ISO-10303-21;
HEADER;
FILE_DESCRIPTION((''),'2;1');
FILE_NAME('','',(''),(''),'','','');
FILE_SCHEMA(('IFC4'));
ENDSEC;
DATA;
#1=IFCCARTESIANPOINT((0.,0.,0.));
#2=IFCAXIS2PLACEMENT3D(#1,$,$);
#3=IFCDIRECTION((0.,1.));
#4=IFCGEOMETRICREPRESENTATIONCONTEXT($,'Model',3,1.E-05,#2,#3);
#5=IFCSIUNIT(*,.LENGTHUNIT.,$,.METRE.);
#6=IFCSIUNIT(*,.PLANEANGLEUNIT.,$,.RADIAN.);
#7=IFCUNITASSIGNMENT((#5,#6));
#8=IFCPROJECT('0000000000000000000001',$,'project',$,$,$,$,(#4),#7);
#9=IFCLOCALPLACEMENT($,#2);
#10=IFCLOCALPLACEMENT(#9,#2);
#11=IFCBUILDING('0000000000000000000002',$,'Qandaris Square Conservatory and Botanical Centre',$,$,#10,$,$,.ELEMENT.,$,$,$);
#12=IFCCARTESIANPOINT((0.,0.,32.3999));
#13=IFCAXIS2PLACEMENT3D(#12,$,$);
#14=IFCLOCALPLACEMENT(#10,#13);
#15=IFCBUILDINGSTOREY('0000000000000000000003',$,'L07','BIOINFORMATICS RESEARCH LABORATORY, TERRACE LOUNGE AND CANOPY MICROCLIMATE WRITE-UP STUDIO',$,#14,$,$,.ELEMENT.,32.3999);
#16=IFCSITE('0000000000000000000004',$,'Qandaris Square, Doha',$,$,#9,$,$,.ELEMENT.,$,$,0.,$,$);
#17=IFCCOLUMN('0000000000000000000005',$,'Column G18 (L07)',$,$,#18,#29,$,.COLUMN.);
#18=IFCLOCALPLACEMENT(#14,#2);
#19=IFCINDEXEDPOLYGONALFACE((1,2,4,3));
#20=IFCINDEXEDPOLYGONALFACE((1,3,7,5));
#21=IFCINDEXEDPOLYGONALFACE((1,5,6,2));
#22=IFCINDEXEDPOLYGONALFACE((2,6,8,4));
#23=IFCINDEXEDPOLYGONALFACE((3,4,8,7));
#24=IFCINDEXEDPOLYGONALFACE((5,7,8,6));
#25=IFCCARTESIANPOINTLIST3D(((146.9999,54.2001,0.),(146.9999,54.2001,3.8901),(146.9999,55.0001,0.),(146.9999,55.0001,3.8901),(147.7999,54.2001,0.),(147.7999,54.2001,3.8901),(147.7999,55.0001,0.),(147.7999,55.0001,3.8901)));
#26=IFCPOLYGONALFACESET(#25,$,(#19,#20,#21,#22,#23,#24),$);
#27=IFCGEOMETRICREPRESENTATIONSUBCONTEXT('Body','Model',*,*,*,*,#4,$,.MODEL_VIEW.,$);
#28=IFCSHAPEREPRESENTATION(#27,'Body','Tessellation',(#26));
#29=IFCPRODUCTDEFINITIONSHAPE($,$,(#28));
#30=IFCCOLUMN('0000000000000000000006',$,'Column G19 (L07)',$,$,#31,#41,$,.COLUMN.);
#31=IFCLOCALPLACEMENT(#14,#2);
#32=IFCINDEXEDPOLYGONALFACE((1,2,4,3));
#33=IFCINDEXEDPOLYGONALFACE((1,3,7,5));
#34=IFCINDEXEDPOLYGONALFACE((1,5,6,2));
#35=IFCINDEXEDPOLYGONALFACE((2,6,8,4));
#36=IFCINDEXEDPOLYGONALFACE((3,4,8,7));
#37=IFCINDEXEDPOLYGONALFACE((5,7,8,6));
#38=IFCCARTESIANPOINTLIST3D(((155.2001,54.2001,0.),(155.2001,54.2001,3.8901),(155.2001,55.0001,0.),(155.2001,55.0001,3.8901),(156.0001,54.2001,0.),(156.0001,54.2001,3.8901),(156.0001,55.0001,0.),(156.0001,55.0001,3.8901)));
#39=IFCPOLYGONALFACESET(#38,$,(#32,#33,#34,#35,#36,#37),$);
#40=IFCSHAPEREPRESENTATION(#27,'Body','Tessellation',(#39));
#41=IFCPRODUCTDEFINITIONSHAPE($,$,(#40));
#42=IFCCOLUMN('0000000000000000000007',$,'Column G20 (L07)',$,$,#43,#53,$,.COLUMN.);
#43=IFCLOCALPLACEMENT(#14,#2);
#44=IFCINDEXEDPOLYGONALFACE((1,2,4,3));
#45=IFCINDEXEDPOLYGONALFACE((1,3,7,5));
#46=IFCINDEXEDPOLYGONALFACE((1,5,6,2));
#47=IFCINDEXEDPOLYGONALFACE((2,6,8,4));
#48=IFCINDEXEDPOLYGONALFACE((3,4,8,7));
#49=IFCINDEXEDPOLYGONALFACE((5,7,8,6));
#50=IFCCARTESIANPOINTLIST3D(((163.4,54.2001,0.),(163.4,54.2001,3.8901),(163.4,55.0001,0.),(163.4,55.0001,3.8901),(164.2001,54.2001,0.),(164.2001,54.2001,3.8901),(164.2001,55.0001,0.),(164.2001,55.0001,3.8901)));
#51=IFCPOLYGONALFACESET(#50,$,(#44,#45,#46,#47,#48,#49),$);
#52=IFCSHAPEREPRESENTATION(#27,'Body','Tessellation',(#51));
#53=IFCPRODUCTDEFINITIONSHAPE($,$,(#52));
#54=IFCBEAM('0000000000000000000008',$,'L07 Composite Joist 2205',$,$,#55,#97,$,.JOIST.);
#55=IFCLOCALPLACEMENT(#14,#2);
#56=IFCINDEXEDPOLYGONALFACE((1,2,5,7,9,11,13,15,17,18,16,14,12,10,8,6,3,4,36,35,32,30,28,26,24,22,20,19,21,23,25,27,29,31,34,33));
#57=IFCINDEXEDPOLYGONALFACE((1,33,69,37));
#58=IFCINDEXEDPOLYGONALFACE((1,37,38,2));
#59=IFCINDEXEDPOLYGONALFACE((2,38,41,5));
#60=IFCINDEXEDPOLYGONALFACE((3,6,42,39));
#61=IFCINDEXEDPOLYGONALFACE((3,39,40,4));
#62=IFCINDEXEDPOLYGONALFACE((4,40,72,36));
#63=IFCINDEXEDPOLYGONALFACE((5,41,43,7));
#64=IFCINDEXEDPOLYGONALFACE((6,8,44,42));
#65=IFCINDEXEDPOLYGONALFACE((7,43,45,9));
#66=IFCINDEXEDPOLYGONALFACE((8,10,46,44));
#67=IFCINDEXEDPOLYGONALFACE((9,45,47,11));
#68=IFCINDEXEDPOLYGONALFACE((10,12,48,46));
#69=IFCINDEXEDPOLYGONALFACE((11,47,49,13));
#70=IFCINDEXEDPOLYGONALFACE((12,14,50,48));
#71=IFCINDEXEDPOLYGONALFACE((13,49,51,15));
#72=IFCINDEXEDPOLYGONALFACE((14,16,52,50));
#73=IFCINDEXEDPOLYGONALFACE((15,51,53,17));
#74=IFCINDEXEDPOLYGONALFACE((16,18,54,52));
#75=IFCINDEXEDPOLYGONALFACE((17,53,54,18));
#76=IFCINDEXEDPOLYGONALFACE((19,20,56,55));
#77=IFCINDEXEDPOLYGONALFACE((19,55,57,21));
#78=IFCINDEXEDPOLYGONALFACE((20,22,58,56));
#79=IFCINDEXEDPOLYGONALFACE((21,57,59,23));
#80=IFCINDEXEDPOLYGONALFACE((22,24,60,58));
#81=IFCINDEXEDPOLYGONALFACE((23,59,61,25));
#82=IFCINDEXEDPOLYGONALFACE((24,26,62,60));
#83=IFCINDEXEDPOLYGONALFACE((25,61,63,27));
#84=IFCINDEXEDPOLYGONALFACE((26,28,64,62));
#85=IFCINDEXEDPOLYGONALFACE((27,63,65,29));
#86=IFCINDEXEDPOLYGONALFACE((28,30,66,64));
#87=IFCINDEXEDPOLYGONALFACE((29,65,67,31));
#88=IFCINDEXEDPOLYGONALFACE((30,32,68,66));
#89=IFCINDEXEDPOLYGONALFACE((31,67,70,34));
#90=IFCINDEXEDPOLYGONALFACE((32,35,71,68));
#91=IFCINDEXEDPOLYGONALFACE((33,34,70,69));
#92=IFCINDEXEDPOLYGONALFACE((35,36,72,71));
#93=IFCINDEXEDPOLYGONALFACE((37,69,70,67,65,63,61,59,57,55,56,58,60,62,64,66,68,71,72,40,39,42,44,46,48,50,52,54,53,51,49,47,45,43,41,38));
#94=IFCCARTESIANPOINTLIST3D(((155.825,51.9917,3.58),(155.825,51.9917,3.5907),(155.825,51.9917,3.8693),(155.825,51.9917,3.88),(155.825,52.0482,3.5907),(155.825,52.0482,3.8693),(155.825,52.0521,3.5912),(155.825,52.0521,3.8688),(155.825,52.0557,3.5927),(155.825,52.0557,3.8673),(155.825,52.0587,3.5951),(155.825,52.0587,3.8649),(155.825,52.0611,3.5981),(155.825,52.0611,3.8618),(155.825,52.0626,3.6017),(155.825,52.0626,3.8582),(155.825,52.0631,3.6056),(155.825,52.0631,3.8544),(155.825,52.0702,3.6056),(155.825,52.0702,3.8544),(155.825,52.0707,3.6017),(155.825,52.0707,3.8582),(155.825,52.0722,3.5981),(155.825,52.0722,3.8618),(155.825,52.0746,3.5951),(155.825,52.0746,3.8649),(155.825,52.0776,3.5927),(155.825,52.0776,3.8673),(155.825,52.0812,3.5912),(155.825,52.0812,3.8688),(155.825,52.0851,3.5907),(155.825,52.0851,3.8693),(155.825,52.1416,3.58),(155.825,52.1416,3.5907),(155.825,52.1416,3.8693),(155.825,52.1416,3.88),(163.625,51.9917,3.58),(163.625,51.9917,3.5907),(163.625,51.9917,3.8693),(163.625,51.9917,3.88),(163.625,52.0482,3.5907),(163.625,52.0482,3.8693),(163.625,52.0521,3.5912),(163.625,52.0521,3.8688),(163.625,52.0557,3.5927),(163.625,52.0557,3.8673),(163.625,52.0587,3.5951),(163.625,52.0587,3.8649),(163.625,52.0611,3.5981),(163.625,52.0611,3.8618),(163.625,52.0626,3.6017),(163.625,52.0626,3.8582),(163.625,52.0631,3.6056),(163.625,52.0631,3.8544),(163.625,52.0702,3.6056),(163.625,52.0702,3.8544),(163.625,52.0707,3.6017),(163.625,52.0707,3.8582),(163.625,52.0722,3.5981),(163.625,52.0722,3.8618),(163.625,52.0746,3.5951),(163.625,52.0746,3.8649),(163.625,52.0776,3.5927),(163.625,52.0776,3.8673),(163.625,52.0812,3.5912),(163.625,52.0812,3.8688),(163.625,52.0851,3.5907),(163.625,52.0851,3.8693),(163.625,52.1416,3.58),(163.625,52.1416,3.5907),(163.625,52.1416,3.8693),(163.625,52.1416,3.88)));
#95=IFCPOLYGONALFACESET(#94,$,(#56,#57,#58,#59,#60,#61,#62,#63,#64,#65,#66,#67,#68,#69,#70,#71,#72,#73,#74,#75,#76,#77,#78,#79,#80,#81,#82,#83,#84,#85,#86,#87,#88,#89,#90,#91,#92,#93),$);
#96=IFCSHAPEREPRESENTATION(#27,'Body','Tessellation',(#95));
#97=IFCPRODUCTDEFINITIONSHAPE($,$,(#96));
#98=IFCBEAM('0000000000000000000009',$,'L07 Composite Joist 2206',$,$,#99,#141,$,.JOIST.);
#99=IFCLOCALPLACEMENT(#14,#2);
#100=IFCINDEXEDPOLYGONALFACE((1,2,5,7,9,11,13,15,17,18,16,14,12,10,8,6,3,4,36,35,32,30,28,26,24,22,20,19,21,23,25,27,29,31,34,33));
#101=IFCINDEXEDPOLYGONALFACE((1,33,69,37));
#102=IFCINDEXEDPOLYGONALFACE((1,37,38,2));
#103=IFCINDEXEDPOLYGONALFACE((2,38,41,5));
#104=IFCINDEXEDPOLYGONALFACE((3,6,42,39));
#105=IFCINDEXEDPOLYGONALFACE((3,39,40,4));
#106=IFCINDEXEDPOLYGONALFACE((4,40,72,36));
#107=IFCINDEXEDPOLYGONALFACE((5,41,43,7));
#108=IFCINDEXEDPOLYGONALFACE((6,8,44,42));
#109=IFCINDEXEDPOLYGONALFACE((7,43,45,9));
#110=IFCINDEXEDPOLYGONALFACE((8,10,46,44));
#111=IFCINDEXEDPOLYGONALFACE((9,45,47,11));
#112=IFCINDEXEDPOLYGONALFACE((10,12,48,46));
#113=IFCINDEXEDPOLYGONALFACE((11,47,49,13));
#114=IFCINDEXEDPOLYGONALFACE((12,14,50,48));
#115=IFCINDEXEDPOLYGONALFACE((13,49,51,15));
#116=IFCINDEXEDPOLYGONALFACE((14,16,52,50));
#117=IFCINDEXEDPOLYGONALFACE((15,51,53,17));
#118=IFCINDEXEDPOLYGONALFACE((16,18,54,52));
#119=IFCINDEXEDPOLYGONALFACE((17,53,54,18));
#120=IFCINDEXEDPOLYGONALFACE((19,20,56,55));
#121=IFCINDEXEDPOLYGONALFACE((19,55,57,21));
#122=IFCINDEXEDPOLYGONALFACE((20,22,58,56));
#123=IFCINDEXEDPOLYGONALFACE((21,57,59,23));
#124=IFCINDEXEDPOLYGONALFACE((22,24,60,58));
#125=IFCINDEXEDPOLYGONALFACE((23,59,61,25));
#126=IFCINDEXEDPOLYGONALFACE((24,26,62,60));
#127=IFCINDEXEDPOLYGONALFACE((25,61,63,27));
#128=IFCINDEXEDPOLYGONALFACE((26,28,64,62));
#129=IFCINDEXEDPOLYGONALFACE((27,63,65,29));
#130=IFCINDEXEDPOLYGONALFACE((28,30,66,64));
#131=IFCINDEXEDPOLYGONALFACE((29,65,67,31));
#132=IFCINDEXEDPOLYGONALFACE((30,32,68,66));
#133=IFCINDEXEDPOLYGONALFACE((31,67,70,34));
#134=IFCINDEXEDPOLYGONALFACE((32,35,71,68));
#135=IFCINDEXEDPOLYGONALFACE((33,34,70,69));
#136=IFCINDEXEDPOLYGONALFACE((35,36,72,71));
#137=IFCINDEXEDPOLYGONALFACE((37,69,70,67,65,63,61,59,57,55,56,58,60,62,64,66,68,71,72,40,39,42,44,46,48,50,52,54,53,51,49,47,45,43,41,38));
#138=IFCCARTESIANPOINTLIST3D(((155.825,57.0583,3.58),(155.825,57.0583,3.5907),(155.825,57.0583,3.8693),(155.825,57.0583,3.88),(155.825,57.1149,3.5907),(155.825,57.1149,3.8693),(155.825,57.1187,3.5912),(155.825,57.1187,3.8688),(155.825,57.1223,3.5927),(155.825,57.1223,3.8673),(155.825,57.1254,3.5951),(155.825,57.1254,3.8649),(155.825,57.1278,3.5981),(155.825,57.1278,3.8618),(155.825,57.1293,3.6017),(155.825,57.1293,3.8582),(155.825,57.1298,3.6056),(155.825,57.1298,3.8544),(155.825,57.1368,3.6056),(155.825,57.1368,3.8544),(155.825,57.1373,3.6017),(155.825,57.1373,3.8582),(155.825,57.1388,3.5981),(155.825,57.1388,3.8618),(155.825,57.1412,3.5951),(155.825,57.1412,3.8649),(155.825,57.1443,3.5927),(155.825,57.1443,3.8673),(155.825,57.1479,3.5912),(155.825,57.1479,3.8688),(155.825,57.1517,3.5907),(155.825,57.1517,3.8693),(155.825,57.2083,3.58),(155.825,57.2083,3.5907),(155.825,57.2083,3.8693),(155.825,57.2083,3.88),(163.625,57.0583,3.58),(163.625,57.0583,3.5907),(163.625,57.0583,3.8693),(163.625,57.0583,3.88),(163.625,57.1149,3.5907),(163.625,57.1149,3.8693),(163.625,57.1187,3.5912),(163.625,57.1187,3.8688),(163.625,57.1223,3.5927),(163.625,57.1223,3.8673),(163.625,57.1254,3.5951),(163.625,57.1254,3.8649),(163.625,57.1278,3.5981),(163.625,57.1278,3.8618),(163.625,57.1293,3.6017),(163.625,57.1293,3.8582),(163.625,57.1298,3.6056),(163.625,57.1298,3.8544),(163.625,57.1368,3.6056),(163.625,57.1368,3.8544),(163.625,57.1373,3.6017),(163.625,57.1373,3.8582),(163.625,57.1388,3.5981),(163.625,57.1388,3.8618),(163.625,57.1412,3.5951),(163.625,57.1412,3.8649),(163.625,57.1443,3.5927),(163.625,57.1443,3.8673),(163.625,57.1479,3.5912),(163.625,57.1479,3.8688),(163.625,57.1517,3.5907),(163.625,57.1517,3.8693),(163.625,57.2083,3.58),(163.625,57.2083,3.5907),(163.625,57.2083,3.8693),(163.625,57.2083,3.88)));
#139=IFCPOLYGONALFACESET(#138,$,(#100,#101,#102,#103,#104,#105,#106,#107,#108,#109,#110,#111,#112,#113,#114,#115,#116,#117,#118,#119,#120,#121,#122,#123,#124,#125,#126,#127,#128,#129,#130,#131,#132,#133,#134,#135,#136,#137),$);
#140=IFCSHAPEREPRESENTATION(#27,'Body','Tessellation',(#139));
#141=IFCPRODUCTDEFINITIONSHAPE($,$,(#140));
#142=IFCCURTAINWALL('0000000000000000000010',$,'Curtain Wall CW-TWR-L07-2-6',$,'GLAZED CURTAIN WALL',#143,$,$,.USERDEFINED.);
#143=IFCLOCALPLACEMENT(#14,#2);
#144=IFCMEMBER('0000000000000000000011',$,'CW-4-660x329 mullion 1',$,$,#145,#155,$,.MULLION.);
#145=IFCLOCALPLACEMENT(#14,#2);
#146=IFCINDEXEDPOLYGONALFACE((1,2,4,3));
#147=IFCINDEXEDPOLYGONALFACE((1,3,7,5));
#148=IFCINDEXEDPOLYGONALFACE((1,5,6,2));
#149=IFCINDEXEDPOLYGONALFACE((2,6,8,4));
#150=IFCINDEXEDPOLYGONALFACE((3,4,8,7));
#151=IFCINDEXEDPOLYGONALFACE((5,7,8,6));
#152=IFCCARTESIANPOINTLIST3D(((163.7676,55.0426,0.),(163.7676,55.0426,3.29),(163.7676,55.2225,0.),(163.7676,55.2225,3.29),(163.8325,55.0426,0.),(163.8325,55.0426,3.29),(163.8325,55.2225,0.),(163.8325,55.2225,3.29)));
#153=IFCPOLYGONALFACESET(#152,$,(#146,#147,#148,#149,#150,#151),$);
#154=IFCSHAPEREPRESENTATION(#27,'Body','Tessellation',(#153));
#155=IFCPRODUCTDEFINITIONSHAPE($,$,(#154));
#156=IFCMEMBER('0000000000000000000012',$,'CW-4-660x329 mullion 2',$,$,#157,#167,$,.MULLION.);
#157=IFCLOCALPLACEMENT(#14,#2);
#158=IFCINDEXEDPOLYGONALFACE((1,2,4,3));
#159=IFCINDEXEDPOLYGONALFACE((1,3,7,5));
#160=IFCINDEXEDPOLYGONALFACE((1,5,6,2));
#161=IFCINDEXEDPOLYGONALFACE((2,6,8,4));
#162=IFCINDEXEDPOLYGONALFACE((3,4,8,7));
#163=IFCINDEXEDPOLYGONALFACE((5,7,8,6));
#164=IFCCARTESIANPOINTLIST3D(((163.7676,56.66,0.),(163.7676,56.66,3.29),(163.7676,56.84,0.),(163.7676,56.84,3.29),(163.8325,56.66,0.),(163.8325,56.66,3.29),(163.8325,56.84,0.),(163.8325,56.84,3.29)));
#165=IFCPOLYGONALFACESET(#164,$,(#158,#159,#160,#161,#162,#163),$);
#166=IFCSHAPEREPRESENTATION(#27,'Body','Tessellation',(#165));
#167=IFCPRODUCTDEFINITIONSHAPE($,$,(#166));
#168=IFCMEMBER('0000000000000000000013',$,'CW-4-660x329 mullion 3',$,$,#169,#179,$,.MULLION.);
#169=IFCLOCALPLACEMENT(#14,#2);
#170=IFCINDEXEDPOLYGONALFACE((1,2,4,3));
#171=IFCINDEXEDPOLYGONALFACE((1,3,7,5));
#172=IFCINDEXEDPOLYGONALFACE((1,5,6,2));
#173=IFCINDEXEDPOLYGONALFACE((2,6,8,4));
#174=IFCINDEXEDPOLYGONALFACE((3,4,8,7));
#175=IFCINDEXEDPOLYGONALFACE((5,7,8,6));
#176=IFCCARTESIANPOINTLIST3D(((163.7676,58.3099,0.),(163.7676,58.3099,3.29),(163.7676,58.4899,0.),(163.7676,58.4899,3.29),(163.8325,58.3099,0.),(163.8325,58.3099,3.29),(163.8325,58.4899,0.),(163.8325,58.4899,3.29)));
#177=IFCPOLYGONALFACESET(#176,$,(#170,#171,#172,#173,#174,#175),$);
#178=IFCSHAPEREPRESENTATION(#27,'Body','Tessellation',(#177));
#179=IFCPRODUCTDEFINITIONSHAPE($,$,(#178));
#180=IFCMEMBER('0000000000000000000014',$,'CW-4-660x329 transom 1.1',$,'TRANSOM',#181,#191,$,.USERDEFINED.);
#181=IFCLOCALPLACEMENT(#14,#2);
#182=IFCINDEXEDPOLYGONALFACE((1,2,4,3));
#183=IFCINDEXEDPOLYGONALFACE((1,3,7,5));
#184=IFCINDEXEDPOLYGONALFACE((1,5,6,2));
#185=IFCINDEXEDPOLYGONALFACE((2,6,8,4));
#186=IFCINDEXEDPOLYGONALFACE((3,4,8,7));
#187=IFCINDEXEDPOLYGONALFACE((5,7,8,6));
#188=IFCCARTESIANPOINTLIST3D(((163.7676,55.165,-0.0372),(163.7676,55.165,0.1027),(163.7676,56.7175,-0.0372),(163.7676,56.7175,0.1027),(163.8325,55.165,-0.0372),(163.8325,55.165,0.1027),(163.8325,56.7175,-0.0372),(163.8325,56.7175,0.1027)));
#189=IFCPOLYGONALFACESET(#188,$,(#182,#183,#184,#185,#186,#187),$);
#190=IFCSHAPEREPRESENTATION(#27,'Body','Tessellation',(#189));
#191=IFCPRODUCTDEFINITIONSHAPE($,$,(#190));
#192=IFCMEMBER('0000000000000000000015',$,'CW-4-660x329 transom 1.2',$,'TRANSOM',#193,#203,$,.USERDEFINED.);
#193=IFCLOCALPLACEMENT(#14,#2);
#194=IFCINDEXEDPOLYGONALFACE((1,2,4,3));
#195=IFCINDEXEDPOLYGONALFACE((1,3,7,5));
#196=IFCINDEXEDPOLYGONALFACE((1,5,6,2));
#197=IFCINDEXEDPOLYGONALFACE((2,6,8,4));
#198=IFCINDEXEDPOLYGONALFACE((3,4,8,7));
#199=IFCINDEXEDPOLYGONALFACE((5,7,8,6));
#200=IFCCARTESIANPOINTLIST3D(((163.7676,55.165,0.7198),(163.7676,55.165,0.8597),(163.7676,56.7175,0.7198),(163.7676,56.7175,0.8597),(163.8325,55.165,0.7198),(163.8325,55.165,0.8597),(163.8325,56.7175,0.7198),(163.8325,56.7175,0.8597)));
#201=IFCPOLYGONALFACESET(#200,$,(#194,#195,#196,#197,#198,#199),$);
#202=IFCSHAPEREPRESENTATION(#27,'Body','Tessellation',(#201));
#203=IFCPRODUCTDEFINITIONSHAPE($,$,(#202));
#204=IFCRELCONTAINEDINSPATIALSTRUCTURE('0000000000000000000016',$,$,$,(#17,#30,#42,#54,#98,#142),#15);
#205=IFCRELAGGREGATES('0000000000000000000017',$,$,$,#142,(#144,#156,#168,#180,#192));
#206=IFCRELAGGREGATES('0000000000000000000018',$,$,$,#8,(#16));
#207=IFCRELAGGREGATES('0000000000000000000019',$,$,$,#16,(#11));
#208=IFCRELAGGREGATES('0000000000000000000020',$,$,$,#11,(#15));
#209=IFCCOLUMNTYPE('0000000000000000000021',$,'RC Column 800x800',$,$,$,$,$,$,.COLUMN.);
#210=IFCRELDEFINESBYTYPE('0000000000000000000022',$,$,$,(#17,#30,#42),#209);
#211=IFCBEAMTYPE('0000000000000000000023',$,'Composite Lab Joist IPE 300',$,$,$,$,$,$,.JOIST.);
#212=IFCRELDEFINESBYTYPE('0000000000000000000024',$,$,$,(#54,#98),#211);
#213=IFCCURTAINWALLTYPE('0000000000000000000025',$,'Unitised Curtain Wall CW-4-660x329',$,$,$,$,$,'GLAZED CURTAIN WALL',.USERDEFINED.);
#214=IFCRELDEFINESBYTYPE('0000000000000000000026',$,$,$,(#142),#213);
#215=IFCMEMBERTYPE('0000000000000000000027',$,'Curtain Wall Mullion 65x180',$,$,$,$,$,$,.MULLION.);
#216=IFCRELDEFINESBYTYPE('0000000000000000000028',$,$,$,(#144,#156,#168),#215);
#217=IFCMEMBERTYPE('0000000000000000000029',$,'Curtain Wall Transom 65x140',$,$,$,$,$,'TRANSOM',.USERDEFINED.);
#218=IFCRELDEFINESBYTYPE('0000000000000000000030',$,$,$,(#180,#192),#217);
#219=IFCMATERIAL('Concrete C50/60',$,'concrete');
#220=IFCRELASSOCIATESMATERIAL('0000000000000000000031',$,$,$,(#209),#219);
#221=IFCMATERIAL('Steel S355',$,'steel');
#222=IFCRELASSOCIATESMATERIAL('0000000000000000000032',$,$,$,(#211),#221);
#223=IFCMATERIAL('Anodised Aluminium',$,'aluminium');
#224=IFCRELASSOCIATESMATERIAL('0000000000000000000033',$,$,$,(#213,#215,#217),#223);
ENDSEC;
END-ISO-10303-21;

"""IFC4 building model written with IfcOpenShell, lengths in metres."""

from ifc_helpers import new_model, si_unit, direction, frame, origin, origin_2d, place, context, subcontext, project, spatial, rectangle, i_section, extrude, material, material_profile, profile_set, type_object, element, aggregate, save


model = new_model("IFC4")

# Units and contexts
model_context = context("Model", 3, precision=1e-05, world=origin(), true_north=direction((0.0, 1.0)))
body_context = subcontext(model_context, "Body", "Model", "MODEL_VIEW")
ifc_project = project(units=[si_unit("LENGTHUNIT", "METRE"), si_unit("PLANEANGLEUNIT", "RADIAN")], contexts=[model_context])

# Site, building, storey
site_placement = place(None, origin())
site = spatial("IfcSite", under=ifc_project, at=site_placement, Name="Qandaris Square, Doha", CompositionType="ELEMENT", RefElevation=0.0)
building_placement = place(site_placement, origin())
building = spatial("IfcBuilding", under=site, at=building_placement, Name="Qandaris Square Conservatory and Botanical Centre", CompositionType="ELEMENT")
storey_placement = place(building_placement, frame((0.0, 0.0, 32.3999)))
storey = spatial("IfcBuildingStorey", under=building, at=storey_placement, Name="L07", Description="BIOINFORMATICS RESEARCH LABORATORY, TERRACE LOUNGE AND CANOPY MICROCLIMATE WRITE-UP STUDIO", CompositionType="ELEMENT", Elevation=32.3999)

# Columns
ifc_material_1 = material(Name="Concrete C50/60", Category="concrete")
ifc_material_profile_1 = material_profile(ifc_material_1, rectangle(XDim=0.8, YDim=0.8, at=origin_2d()), Name="RC-COL 800x800")
ifc_profile_set_1 = profile_set([ifc_material_profile_1], Name="Concrete C50/60")
column_type = type_object("IfcColumnType", Name="RC Column 800x800", PredefinedType="COLUMN", material=ifc_profile_set_1)
for number, where, z_axis, x_axis, name in (
    (1, (147.3999, 54.6001, 0.0), (0.0, 0.0, 1.0), (1.0, 0.0, 0.0), "Column G18 (L07)"),
    (2, (155.6001, 54.6001, 0.0), (0.0, 0.0, 1.0), (1.0, 0.0, 0.0), "Column G19 (L07)"),
    (3, (163.8, 54.6001, 0.0), (0.0, 0.0, 1.0), (1.0, 0.0, 0.0), "Column G20 (L07)"),
):
    element("IfcColumn", number, at=place(storey_placement, frame(where, z_axis=z_axis, x_axis=x_axis)), inside=storey, type_object=column_type, Name=name, PredefinedType="COLUMN", context=body_context, shape_type="SweptSolid", body=[
        extrude(rectangle(XDim=0.8, YDim=0.8, at=origin_2d()), origin(), (0.0, 0.0, 1.0), 3.8901),
    ])

# Beams
ifc_material_2 = material(Name="Steel S355", Category="steel")
ifc_material_profile_2 = material_profile(ifc_material_2, i_section(OverallWidth=0.1499, OverallDepth=0.3, WebThickness=0.0071, FlangeThickness=0.0107, FilletRadius=0.0149, at=origin_2d()), Name="IPE 300")
ifc_profile_set_2 = profile_set([ifc_material_profile_2], Name="Steel S355")
beam_type_1 = type_object("IfcBeamType", Name="Composite Lab Joist IPE 300", PredefinedType="JOIST", material=ifc_profile_set_2)
for number, where, z_axis, x_axis, name in (
    (4, (155.825, 52.0667, 3.73), (1.0, 0.0, 0.0), (0.0, 1.0, 0.0), "L07 Composite Joist 2205"),
    (5, (155.825, 57.1333, 3.73), (1.0, 0.0, 0.0), (0.0, 1.0, 0.0), "L07 Composite Joist 2206"),
):
    element("IfcBeam", number, at=place(storey_placement, frame(where, z_axis=z_axis, x_axis=x_axis)), inside=storey, type_object=beam_type_1, Name=name, PredefinedType="JOIST", context=body_context, shape_type="SweptSolid", body=[
        extrude(i_section(OverallWidth=0.1499, OverallDepth=0.3, WebThickness=0.0071, FlangeThickness=0.0107, FilletRadius=0.0149, at=origin_2d()), origin(), (0.0, 0.0, 1.0), 7.8),
    ])

# Curtain wall, members
ifc_material_3 = material(Name="Anodised Aluminium", Category="aluminium")
curtain_wall_type = type_object("IfcCurtainWallType", Name="Unitised Curtain Wall CW-4-660x329", ElementType="GLAZED CURTAIN WALL", PredefinedType="USERDEFINED", material=ifc_material_3)
curtain_wall_placement = place(storey_placement, origin())
curtain_wall = element("IfcCurtainWall", 6, at=curtain_wall_placement, inside=storey, type_object=curtain_wall_type, Name="Curtain Wall CW-TWR-L07-2-6", ObjectType="GLAZED CURTAIN WALL", PredefinedType="USERDEFINED")
ifc_material_profile_3 = material_profile(ifc_material_3, rectangle(XDim=0.0649, YDim=0.1799, at=origin_2d()), Name="ALU-MUL 65x180")
ifc_profile_set_3 = profile_set([ifc_material_profile_3], Name="Anodised Aluminium")
member_type_1 = type_object("IfcMemberType", Name="Curtain Wall Mullion 65x180", PredefinedType="MULLION", material=ifc_profile_set_3)
member_1_placement = place(storey_placement, frame((163.8, 55.1326, 0.0), z_axis=(0.0, 0.0, 1.0), x_axis=(-1.0, 0.0, 0.0)))
member_1 = element("IfcMember", 7, at=member_1_placement, type_object=member_type_1, Name="CW-4-660x329 mullion 1", PredefinedType="MULLION", context=body_context, shape_type="SweptSolid", body=[
    extrude(rectangle(XDim=0.0649, YDim=0.1799, at=origin_2d()), origin(), (0.0, 0.0, 1.0), 3.29),
])
member_2_placement = place(storey_placement, frame((163.8, 56.75, 0.0), z_axis=(0.0, 0.0, 1.0), x_axis=(-1.0, 0.0, 0.0)))
member_2 = element("IfcMember", 8, at=member_2_placement, type_object=member_type_1, Name="CW-4-660x329 mullion 2", PredefinedType="MULLION", context=body_context, shape_type="SweptSolid", body=[
    extrude(rectangle(XDim=0.0649, YDim=0.1799, at=origin_2d()), origin(), (0.0, 0.0, 1.0), 3.29),
])
member_3_placement = place(storey_placement, frame((163.8, 58.3999, 0.0), z_axis=(0.0, 0.0, 1.0), x_axis=(-1.0, 0.0, 0.0)))
member_3 = element("IfcMember", 9, at=member_3_placement, type_object=member_type_1, Name="CW-4-660x329 mullion 3", PredefinedType="MULLION", context=body_context, shape_type="SweptSolid", body=[
    extrude(rectangle(XDim=0.0649, YDim=0.1799, at=origin_2d()), origin(), (0.0, 0.0, 1.0), 3.29),
])
ifc_material_profile_4 = material_profile(ifc_material_3, rectangle(XDim=0.0649, YDim=0.1399, at=origin_2d()), Name="ALU-TRN 65x140")
ifc_profile_set_4 = profile_set([ifc_material_profile_4], Name="Anodised Aluminium")
member_type_2 = type_object("IfcMemberType", Name="Curtain Wall Transom 65x140", ElementType="TRANSOM", PredefinedType="USERDEFINED", material=ifc_profile_set_4)
member_4_placement = place(storey_placement, frame((163.8, 55.165, 0.0327), z_axis=(0.0, 1.0, 0.0), x_axis=(-1.0, 0.0, 0.0)))
member_4 = element("IfcMember", 10, at=member_4_placement, type_object=member_type_2, Name="CW-4-660x329 transom 1.1", ObjectType="TRANSOM", PredefinedType="USERDEFINED", context=body_context, shape_type="SweptSolid", body=[
    extrude(rectangle(XDim=0.0649, YDim=0.1399, at=origin_2d()), origin(), (0.0, 0.0, 1.0), 1.5525),
])
member_5_placement = place(storey_placement, frame((163.8, 55.165, 0.7898), z_axis=(0.0, 1.0, 0.0), x_axis=(-1.0, 0.0, 0.0)))
member_5 = element("IfcMember", 11, at=member_5_placement, type_object=member_type_2, Name="CW-4-660x329 transom 1.2", ObjectType="TRANSOM", PredefinedType="USERDEFINED", context=body_context, shape_type="SweptSolid", body=[
    extrude(rectangle(XDim=0.0649, YDim=0.1399, at=origin_2d()), origin(), (0.0, 0.0, 1.0), 1.5525),
])

aggregate(curtain_wall, [member_1, member_2, member_3, member_4, member_5])

save(model, "model.ifc")
